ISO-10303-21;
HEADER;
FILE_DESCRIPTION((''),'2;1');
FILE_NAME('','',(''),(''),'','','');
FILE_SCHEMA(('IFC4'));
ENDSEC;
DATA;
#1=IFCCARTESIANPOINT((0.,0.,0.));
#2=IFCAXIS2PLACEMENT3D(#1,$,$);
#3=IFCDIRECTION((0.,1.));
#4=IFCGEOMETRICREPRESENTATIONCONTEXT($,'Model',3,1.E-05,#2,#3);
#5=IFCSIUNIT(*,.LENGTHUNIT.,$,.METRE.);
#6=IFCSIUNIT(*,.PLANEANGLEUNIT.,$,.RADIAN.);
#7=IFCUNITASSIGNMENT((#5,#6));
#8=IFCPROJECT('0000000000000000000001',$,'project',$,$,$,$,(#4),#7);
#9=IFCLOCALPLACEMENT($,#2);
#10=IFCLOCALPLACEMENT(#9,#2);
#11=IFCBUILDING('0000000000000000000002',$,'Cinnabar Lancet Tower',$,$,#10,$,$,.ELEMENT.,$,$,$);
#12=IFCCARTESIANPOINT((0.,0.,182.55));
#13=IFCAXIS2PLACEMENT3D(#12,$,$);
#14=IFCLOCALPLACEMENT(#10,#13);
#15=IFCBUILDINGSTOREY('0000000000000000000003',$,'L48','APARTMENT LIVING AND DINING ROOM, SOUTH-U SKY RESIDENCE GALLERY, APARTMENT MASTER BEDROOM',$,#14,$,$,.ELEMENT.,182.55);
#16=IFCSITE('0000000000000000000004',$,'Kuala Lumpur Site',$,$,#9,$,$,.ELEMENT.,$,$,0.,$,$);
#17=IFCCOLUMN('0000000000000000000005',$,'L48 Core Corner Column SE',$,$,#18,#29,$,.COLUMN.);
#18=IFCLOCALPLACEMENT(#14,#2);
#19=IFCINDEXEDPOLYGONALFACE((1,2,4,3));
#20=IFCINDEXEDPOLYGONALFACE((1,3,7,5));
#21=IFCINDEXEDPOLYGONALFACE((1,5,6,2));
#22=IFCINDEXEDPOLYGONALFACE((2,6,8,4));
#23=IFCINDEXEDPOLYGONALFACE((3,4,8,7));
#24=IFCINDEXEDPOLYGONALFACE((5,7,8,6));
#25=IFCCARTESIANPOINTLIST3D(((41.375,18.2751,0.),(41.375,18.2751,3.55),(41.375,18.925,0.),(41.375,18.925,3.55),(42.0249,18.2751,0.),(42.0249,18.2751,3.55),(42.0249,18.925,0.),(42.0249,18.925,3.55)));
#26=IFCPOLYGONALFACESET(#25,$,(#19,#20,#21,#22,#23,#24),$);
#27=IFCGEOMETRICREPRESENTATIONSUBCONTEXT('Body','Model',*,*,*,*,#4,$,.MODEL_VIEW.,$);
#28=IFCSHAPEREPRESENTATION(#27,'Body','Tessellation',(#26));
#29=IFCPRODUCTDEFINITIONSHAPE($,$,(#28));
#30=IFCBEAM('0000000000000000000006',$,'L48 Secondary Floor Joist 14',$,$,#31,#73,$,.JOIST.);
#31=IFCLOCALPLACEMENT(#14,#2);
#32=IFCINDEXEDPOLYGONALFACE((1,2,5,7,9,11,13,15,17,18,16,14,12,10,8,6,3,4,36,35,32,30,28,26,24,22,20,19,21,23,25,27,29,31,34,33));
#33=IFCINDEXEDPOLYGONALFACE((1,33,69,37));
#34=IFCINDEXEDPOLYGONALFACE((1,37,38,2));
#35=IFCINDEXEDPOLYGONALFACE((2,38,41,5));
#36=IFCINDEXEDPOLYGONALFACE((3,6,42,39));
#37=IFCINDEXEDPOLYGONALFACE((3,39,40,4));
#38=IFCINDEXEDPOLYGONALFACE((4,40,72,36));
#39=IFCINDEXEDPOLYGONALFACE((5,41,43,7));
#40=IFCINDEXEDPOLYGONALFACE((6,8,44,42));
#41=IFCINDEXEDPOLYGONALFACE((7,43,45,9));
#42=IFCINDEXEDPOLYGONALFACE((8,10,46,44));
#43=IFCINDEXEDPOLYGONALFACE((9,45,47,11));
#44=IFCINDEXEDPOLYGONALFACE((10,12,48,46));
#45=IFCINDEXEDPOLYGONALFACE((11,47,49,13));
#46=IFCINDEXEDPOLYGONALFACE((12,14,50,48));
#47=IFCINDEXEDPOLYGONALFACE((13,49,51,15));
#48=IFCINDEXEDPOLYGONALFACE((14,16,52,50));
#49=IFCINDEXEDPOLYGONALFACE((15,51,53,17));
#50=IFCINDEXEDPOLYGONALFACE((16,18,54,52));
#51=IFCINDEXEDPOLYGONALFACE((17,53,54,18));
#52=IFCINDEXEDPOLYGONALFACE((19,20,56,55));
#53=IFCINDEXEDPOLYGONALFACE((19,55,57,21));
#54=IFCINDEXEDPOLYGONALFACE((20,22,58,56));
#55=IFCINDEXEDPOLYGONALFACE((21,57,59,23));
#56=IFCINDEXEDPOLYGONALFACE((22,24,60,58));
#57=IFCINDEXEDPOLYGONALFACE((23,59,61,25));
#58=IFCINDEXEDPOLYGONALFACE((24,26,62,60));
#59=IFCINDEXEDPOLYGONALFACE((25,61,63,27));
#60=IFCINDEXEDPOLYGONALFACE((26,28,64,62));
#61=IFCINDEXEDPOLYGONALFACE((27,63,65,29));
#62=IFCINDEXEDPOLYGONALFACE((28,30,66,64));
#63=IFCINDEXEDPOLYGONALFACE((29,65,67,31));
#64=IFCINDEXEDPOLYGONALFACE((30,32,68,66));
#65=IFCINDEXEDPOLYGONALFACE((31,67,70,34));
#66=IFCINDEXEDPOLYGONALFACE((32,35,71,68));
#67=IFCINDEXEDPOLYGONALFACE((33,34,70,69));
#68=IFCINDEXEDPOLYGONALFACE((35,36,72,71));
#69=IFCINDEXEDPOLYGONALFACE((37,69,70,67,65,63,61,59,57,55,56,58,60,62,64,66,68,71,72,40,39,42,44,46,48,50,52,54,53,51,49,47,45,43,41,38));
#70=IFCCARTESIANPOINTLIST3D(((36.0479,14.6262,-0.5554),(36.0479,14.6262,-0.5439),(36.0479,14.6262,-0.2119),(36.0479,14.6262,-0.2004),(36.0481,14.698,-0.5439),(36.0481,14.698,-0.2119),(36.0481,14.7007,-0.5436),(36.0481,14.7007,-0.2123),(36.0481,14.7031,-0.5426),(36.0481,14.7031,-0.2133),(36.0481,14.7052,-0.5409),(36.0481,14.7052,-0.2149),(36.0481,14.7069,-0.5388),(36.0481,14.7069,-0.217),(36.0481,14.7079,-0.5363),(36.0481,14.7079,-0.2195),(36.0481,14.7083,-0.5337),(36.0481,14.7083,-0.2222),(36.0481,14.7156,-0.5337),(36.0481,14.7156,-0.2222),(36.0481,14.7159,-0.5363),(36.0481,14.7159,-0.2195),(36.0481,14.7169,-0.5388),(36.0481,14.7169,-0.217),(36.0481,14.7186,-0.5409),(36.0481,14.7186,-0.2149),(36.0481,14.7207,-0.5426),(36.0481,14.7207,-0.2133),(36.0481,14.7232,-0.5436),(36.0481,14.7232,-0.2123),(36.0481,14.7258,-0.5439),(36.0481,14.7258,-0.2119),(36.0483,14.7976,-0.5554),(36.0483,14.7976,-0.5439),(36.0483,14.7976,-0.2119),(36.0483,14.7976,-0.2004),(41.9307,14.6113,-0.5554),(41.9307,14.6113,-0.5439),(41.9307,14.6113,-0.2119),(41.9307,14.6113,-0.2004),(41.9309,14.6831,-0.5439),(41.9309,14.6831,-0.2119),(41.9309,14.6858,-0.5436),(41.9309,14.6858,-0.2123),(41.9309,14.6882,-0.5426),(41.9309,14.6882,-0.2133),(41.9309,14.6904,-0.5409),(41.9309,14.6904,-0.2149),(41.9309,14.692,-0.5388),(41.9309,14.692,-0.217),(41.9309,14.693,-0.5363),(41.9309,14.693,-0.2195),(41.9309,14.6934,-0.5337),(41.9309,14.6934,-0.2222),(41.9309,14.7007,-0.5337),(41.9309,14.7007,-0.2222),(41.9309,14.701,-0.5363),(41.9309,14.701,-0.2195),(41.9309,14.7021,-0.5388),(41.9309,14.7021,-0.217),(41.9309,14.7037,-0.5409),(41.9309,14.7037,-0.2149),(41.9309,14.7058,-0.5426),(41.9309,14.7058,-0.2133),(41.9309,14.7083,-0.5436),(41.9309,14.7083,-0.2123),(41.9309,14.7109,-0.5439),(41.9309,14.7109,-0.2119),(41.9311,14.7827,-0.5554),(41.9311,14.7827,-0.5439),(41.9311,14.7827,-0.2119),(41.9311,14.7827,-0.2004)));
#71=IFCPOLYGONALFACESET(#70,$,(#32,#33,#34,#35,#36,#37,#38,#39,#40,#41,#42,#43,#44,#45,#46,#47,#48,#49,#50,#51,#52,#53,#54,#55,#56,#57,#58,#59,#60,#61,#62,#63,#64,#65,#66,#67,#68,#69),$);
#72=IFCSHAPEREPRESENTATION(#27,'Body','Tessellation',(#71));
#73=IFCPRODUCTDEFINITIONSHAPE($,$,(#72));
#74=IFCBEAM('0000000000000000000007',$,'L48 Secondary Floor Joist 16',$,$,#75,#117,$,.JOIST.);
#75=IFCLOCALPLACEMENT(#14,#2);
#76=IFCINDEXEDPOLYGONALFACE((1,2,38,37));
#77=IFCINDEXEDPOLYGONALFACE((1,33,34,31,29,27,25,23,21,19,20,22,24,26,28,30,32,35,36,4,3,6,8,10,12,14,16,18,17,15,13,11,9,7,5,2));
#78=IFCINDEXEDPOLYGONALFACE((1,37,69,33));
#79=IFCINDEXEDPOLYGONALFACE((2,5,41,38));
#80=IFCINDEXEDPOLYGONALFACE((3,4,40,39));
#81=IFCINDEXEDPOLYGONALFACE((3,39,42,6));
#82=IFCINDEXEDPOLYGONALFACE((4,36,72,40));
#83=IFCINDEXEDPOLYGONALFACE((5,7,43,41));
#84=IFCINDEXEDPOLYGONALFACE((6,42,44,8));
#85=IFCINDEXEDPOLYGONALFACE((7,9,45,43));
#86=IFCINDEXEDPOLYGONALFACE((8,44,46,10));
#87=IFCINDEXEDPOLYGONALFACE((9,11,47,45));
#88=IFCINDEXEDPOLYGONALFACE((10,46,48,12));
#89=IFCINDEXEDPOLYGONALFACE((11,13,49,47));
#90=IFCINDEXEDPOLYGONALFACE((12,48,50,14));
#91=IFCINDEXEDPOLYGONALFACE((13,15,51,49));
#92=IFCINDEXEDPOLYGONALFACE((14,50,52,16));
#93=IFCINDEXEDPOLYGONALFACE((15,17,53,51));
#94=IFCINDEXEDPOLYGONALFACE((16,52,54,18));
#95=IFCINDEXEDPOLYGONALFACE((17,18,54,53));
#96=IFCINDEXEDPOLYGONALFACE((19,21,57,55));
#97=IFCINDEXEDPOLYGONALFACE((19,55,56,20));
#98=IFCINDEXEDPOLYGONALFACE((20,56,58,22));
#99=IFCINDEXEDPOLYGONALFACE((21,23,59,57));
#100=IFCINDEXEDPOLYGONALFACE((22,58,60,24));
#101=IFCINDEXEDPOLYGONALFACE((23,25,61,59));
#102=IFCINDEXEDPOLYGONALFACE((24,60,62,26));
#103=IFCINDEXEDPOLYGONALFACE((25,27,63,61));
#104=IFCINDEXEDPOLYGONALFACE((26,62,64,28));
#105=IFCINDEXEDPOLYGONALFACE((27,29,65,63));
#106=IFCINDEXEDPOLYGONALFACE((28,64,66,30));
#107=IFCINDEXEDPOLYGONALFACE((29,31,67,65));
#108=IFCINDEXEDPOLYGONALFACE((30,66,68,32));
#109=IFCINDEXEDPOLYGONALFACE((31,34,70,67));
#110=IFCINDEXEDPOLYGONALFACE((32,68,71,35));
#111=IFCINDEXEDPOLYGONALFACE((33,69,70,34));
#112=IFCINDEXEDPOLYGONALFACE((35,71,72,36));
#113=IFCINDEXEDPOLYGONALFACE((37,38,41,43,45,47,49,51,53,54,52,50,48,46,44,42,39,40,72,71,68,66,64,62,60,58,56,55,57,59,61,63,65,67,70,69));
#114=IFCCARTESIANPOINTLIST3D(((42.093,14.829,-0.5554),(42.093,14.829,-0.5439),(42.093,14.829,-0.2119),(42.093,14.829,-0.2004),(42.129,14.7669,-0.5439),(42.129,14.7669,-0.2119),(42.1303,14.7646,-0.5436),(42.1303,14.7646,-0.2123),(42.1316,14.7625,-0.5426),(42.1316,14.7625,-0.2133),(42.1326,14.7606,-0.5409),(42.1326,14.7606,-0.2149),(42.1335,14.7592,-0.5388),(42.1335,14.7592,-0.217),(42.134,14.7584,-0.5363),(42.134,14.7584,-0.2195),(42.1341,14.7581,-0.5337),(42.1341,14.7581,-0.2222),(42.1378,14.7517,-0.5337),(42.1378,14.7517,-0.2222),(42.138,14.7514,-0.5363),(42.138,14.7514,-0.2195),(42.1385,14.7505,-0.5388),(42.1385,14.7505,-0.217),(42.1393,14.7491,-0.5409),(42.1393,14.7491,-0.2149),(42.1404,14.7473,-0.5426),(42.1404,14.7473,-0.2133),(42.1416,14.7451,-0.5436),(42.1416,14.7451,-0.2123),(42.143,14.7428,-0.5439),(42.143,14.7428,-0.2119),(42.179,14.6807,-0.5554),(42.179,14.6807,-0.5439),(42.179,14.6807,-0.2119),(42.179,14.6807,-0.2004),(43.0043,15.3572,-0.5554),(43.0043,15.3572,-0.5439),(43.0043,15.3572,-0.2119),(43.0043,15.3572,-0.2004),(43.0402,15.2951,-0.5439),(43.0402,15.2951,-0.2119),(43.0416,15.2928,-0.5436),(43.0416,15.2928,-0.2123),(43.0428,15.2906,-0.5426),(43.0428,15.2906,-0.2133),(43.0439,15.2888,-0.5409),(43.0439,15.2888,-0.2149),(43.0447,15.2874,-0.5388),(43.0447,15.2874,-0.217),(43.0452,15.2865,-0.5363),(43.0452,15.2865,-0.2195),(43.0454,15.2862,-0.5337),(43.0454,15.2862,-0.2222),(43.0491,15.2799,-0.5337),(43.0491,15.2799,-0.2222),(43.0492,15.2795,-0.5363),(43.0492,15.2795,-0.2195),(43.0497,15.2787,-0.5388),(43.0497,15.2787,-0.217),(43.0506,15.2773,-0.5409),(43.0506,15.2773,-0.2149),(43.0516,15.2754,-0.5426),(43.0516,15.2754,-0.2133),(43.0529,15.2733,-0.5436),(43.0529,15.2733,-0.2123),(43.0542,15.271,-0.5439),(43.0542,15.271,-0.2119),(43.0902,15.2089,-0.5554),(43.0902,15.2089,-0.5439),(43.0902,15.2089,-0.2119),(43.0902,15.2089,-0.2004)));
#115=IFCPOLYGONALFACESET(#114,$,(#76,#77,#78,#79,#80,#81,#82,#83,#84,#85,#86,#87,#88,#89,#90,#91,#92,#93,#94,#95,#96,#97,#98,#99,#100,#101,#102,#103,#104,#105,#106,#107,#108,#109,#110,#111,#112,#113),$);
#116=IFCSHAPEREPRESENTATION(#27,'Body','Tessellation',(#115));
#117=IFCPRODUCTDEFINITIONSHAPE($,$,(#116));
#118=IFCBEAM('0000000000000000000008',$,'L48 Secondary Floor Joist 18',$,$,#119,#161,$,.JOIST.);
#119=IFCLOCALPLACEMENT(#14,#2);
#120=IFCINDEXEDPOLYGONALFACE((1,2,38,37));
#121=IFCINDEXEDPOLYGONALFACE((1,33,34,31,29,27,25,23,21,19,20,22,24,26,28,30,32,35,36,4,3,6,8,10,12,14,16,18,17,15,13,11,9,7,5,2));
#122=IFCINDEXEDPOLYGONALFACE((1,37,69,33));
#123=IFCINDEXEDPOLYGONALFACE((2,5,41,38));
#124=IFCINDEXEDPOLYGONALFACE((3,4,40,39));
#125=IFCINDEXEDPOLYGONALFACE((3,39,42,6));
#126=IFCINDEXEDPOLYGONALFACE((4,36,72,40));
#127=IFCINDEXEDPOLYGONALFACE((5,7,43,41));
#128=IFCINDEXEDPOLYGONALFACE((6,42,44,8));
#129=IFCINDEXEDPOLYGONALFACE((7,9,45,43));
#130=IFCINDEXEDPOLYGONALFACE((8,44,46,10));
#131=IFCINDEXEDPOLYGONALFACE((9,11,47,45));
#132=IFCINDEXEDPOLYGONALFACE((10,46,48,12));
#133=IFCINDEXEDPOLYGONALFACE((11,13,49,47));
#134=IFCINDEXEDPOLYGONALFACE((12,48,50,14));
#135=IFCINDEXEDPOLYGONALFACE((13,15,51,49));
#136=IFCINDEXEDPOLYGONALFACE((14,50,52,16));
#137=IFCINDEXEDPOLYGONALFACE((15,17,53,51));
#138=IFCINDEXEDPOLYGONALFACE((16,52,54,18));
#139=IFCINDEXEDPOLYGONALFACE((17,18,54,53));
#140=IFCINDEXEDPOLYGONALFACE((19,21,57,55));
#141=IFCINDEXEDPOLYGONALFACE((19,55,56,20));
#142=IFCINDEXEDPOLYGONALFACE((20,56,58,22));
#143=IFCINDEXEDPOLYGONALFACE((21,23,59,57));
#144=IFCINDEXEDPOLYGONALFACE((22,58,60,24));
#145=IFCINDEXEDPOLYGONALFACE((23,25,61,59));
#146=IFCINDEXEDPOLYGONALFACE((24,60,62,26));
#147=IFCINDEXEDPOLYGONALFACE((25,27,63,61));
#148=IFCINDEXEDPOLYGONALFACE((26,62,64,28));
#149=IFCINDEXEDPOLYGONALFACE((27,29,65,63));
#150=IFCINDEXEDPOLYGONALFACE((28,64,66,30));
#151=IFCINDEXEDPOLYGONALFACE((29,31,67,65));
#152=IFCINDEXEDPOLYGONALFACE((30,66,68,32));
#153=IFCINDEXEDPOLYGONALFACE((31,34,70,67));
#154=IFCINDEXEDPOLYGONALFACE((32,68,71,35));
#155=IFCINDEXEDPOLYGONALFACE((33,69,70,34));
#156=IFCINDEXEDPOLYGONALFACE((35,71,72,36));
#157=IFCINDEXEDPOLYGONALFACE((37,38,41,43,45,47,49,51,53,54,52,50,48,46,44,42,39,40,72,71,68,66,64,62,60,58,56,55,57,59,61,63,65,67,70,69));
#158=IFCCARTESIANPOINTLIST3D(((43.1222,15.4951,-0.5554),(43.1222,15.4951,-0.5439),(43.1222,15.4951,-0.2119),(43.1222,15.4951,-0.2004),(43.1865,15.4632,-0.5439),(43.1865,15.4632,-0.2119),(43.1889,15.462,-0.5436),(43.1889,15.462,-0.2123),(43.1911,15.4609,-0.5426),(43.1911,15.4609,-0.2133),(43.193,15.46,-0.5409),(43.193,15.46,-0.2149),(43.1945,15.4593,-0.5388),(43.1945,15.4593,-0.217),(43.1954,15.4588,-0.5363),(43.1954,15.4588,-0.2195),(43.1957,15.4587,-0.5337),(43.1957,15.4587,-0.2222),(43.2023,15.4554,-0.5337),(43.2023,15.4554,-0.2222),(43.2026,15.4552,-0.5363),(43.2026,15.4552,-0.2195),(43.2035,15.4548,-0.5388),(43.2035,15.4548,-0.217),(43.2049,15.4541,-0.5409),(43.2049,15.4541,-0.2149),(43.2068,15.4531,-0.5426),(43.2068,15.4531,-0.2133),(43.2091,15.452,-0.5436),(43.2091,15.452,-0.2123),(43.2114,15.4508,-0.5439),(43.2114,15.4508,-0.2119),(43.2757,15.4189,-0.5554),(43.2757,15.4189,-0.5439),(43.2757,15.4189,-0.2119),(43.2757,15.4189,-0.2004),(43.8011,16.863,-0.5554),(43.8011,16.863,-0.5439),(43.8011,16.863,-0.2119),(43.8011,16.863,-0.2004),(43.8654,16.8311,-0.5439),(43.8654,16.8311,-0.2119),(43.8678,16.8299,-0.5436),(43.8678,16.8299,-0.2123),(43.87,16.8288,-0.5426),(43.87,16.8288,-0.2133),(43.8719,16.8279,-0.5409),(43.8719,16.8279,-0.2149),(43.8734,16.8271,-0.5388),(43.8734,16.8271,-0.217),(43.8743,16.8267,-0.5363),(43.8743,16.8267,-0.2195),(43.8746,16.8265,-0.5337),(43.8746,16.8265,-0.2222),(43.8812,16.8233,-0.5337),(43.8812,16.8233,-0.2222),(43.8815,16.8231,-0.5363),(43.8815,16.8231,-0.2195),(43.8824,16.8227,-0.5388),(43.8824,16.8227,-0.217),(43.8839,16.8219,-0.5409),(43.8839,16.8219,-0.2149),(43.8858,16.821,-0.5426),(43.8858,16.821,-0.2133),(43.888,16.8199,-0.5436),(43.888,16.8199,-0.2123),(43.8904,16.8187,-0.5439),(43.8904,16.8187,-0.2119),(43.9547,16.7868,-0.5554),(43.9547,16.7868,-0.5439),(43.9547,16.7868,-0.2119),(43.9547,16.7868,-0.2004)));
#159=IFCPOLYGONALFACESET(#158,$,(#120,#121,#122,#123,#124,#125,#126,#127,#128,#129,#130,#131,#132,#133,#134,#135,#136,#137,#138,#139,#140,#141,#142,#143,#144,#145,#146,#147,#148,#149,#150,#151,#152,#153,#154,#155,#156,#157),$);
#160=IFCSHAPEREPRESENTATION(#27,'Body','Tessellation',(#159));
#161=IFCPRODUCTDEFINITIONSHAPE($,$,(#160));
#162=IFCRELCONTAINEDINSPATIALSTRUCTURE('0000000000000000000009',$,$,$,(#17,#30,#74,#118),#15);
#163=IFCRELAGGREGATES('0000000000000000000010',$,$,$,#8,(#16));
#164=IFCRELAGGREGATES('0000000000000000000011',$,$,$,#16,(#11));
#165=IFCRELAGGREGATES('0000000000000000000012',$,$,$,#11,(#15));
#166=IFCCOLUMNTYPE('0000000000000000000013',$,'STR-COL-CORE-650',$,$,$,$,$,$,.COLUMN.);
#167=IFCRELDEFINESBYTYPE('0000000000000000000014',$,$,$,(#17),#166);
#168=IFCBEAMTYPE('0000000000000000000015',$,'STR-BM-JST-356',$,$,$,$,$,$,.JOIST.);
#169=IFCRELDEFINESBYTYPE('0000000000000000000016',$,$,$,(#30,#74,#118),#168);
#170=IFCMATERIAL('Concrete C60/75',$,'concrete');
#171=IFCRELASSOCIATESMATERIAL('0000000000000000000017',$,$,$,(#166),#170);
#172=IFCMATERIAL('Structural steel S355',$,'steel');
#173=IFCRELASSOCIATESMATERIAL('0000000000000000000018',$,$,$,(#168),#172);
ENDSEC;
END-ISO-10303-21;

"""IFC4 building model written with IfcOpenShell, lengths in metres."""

from ifc_helpers import new_model, si_unit, direction, frame, origin, origin_2d, place, context, subcontext, project, spatial, rectangle, i_section, extrude, material, material_profile, profile_set, type_object, element, save


model = new_model("IFC4")

# Units and contexts
model_context = context("Model", 3, precision=1e-05, world=origin(), true_north=direction((0.0, 1.0)))
body_context = subcontext(model_context, "Body", "Model", "MODEL_VIEW")
ifc_project = project(units=[si_unit("LENGTHUNIT", "METRE"), si_unit("PLANEANGLEUNIT", "RADIAN")], contexts=[model_context])

# Site, building, storey
site_placement = place(None, origin())
site = spatial("IfcSite", under=ifc_project, at=site_placement, Name="Kuala Lumpur Site", CompositionType="ELEMENT", RefElevation=0.0)
building_placement = place(site_placement, origin())
building = spatial("IfcBuilding", under=site, at=building_placement, Name="Cinnabar Lancet Tower", CompositionType="ELEMENT")
storey_placement = place(building_placement, frame((0.0, 0.0, 182.55)))
storey = spatial("IfcBuildingStorey", under=building, at=storey_placement, Name="L48", Description="APARTMENT LIVING AND DINING ROOM, SOUTH-U SKY RESIDENCE GALLERY, APARTMENT MASTER BEDROOM", CompositionType="ELEMENT", Elevation=182.55)

# Column
ifc_material_1 = material(Name="Concrete C60/75", Category="concrete")
ifc_material_profile_1 = material_profile(ifc_material_1, rectangle(XDim=0.6499, YDim=0.6499, at=origin_2d()), Name="RC-COL 650x650")
ifc_profile_set_1 = profile_set([ifc_material_profile_1], Name="Concrete C60/75")
column_type = type_object("IfcColumnType", Name="STR-COL-CORE-650", PredefinedType="COLUMN", material=ifc_profile_set_1)
column_placement = place(storey_placement, frame((41.7, 18.6001, 0.0), z_axis=(0.0, 0.0, 1.0), x_axis=(1.0, 0.0, 0.0)))
element("IfcColumn", 1, at=column_placement, inside=storey, type_object=column_type, Name="L48 Core Corner Column SE", PredefinedType="COLUMN", context=body_context, shape_type="SweptSolid", body=[
    extrude(rectangle(XDim=0.6499, YDim=0.6499, at=origin_2d()), origin(), (0.0, 0.0, 1.0), 3.55),
])

# Beams
ifc_material_2 = material(Name="Structural steel S355", Category="steel")
ifc_material_profile_2 = material_profile(ifc_material_2, i_section(OverallWidth=0.1714, OverallDepth=0.355, WebThickness=0.0073, FlangeThickness=0.0115, FilletRadius=0.0103, at=origin_2d()), Name="UKB 356x171x51")
ifc_profile_set_2 = profile_set([ifc_material_profile_2], Name="Structural steel S355")
beam_type_1 = type_object("IfcBeamType", Name="STR-BM-JST-356", PredefinedType="JOIST", material=ifc_profile_set_2)
beam_1_placement = place(storey_placement, frame((36.0481, 14.7119, -0.3779), z_axis=(0.999997, -0.002532, 0.0), x_axis=(0.002532, 0.999997, 0.0)))
element("IfcBeam", 2, at=beam_1_placement, inside=storey, type_object=beam_type_1, Name="L48 Secondary Floor Joist 14", PredefinedType="JOIST", context=body_context, shape_type="SweptSolid", body=[
    extrude(i_section(OverallWidth=0.1714, OverallDepth=0.355, WebThickness=0.0073, FlangeThickness=0.0115, FilletRadius=0.0103, at=origin_2d()), origin(), (0.0, 0.0, 1.0), 5.8828),
])
beam_2_placement = place(storey_placement, frame((42.136, 14.7549, -0.3779), z_axis=(0.865188, 0.501447, 0.0), x_axis=(-0.501447, 0.865188, 0.0)))
element("IfcBeam", 3, at=beam_2_placement, inside=storey, type_object=beam_type_1, Name="L48 Secondary Floor Joist 16", PredefinedType="JOIST", context=body_context, shape_type="SweptSolid", body=[
    extrude(i_section(OverallWidth=0.1714, OverallDepth=0.355, WebThickness=0.0073, FlangeThickness=0.0115, FilletRadius=0.0103, at=origin_2d()), origin(), (0.0, 0.0, 1.0), 1.0532),
])
beam_3_placement = place(storey_placement, frame((43.199, 15.457, -0.3779), z_axis=(0.44459, 0.895734, 0.0), x_axis=(-0.895734, 0.44459, 0.0)))
element("IfcBeam", 4, at=beam_3_placement, inside=storey, type_object=beam_type_1, Name="L48 Secondary Floor Joist 18", PredefinedType="JOIST", context=body_context, shape_type="SweptSolid", body=[
    extrude(i_section(OverallWidth=0.1714, OverallDepth=0.355, WebThickness=0.0073, FlangeThickness=0.0115, FilletRadius=0.0103, at=origin_2d()), origin(), (0.0, 0.0, 1.0), 1.5271),
])

save(model, "model.ifc")
